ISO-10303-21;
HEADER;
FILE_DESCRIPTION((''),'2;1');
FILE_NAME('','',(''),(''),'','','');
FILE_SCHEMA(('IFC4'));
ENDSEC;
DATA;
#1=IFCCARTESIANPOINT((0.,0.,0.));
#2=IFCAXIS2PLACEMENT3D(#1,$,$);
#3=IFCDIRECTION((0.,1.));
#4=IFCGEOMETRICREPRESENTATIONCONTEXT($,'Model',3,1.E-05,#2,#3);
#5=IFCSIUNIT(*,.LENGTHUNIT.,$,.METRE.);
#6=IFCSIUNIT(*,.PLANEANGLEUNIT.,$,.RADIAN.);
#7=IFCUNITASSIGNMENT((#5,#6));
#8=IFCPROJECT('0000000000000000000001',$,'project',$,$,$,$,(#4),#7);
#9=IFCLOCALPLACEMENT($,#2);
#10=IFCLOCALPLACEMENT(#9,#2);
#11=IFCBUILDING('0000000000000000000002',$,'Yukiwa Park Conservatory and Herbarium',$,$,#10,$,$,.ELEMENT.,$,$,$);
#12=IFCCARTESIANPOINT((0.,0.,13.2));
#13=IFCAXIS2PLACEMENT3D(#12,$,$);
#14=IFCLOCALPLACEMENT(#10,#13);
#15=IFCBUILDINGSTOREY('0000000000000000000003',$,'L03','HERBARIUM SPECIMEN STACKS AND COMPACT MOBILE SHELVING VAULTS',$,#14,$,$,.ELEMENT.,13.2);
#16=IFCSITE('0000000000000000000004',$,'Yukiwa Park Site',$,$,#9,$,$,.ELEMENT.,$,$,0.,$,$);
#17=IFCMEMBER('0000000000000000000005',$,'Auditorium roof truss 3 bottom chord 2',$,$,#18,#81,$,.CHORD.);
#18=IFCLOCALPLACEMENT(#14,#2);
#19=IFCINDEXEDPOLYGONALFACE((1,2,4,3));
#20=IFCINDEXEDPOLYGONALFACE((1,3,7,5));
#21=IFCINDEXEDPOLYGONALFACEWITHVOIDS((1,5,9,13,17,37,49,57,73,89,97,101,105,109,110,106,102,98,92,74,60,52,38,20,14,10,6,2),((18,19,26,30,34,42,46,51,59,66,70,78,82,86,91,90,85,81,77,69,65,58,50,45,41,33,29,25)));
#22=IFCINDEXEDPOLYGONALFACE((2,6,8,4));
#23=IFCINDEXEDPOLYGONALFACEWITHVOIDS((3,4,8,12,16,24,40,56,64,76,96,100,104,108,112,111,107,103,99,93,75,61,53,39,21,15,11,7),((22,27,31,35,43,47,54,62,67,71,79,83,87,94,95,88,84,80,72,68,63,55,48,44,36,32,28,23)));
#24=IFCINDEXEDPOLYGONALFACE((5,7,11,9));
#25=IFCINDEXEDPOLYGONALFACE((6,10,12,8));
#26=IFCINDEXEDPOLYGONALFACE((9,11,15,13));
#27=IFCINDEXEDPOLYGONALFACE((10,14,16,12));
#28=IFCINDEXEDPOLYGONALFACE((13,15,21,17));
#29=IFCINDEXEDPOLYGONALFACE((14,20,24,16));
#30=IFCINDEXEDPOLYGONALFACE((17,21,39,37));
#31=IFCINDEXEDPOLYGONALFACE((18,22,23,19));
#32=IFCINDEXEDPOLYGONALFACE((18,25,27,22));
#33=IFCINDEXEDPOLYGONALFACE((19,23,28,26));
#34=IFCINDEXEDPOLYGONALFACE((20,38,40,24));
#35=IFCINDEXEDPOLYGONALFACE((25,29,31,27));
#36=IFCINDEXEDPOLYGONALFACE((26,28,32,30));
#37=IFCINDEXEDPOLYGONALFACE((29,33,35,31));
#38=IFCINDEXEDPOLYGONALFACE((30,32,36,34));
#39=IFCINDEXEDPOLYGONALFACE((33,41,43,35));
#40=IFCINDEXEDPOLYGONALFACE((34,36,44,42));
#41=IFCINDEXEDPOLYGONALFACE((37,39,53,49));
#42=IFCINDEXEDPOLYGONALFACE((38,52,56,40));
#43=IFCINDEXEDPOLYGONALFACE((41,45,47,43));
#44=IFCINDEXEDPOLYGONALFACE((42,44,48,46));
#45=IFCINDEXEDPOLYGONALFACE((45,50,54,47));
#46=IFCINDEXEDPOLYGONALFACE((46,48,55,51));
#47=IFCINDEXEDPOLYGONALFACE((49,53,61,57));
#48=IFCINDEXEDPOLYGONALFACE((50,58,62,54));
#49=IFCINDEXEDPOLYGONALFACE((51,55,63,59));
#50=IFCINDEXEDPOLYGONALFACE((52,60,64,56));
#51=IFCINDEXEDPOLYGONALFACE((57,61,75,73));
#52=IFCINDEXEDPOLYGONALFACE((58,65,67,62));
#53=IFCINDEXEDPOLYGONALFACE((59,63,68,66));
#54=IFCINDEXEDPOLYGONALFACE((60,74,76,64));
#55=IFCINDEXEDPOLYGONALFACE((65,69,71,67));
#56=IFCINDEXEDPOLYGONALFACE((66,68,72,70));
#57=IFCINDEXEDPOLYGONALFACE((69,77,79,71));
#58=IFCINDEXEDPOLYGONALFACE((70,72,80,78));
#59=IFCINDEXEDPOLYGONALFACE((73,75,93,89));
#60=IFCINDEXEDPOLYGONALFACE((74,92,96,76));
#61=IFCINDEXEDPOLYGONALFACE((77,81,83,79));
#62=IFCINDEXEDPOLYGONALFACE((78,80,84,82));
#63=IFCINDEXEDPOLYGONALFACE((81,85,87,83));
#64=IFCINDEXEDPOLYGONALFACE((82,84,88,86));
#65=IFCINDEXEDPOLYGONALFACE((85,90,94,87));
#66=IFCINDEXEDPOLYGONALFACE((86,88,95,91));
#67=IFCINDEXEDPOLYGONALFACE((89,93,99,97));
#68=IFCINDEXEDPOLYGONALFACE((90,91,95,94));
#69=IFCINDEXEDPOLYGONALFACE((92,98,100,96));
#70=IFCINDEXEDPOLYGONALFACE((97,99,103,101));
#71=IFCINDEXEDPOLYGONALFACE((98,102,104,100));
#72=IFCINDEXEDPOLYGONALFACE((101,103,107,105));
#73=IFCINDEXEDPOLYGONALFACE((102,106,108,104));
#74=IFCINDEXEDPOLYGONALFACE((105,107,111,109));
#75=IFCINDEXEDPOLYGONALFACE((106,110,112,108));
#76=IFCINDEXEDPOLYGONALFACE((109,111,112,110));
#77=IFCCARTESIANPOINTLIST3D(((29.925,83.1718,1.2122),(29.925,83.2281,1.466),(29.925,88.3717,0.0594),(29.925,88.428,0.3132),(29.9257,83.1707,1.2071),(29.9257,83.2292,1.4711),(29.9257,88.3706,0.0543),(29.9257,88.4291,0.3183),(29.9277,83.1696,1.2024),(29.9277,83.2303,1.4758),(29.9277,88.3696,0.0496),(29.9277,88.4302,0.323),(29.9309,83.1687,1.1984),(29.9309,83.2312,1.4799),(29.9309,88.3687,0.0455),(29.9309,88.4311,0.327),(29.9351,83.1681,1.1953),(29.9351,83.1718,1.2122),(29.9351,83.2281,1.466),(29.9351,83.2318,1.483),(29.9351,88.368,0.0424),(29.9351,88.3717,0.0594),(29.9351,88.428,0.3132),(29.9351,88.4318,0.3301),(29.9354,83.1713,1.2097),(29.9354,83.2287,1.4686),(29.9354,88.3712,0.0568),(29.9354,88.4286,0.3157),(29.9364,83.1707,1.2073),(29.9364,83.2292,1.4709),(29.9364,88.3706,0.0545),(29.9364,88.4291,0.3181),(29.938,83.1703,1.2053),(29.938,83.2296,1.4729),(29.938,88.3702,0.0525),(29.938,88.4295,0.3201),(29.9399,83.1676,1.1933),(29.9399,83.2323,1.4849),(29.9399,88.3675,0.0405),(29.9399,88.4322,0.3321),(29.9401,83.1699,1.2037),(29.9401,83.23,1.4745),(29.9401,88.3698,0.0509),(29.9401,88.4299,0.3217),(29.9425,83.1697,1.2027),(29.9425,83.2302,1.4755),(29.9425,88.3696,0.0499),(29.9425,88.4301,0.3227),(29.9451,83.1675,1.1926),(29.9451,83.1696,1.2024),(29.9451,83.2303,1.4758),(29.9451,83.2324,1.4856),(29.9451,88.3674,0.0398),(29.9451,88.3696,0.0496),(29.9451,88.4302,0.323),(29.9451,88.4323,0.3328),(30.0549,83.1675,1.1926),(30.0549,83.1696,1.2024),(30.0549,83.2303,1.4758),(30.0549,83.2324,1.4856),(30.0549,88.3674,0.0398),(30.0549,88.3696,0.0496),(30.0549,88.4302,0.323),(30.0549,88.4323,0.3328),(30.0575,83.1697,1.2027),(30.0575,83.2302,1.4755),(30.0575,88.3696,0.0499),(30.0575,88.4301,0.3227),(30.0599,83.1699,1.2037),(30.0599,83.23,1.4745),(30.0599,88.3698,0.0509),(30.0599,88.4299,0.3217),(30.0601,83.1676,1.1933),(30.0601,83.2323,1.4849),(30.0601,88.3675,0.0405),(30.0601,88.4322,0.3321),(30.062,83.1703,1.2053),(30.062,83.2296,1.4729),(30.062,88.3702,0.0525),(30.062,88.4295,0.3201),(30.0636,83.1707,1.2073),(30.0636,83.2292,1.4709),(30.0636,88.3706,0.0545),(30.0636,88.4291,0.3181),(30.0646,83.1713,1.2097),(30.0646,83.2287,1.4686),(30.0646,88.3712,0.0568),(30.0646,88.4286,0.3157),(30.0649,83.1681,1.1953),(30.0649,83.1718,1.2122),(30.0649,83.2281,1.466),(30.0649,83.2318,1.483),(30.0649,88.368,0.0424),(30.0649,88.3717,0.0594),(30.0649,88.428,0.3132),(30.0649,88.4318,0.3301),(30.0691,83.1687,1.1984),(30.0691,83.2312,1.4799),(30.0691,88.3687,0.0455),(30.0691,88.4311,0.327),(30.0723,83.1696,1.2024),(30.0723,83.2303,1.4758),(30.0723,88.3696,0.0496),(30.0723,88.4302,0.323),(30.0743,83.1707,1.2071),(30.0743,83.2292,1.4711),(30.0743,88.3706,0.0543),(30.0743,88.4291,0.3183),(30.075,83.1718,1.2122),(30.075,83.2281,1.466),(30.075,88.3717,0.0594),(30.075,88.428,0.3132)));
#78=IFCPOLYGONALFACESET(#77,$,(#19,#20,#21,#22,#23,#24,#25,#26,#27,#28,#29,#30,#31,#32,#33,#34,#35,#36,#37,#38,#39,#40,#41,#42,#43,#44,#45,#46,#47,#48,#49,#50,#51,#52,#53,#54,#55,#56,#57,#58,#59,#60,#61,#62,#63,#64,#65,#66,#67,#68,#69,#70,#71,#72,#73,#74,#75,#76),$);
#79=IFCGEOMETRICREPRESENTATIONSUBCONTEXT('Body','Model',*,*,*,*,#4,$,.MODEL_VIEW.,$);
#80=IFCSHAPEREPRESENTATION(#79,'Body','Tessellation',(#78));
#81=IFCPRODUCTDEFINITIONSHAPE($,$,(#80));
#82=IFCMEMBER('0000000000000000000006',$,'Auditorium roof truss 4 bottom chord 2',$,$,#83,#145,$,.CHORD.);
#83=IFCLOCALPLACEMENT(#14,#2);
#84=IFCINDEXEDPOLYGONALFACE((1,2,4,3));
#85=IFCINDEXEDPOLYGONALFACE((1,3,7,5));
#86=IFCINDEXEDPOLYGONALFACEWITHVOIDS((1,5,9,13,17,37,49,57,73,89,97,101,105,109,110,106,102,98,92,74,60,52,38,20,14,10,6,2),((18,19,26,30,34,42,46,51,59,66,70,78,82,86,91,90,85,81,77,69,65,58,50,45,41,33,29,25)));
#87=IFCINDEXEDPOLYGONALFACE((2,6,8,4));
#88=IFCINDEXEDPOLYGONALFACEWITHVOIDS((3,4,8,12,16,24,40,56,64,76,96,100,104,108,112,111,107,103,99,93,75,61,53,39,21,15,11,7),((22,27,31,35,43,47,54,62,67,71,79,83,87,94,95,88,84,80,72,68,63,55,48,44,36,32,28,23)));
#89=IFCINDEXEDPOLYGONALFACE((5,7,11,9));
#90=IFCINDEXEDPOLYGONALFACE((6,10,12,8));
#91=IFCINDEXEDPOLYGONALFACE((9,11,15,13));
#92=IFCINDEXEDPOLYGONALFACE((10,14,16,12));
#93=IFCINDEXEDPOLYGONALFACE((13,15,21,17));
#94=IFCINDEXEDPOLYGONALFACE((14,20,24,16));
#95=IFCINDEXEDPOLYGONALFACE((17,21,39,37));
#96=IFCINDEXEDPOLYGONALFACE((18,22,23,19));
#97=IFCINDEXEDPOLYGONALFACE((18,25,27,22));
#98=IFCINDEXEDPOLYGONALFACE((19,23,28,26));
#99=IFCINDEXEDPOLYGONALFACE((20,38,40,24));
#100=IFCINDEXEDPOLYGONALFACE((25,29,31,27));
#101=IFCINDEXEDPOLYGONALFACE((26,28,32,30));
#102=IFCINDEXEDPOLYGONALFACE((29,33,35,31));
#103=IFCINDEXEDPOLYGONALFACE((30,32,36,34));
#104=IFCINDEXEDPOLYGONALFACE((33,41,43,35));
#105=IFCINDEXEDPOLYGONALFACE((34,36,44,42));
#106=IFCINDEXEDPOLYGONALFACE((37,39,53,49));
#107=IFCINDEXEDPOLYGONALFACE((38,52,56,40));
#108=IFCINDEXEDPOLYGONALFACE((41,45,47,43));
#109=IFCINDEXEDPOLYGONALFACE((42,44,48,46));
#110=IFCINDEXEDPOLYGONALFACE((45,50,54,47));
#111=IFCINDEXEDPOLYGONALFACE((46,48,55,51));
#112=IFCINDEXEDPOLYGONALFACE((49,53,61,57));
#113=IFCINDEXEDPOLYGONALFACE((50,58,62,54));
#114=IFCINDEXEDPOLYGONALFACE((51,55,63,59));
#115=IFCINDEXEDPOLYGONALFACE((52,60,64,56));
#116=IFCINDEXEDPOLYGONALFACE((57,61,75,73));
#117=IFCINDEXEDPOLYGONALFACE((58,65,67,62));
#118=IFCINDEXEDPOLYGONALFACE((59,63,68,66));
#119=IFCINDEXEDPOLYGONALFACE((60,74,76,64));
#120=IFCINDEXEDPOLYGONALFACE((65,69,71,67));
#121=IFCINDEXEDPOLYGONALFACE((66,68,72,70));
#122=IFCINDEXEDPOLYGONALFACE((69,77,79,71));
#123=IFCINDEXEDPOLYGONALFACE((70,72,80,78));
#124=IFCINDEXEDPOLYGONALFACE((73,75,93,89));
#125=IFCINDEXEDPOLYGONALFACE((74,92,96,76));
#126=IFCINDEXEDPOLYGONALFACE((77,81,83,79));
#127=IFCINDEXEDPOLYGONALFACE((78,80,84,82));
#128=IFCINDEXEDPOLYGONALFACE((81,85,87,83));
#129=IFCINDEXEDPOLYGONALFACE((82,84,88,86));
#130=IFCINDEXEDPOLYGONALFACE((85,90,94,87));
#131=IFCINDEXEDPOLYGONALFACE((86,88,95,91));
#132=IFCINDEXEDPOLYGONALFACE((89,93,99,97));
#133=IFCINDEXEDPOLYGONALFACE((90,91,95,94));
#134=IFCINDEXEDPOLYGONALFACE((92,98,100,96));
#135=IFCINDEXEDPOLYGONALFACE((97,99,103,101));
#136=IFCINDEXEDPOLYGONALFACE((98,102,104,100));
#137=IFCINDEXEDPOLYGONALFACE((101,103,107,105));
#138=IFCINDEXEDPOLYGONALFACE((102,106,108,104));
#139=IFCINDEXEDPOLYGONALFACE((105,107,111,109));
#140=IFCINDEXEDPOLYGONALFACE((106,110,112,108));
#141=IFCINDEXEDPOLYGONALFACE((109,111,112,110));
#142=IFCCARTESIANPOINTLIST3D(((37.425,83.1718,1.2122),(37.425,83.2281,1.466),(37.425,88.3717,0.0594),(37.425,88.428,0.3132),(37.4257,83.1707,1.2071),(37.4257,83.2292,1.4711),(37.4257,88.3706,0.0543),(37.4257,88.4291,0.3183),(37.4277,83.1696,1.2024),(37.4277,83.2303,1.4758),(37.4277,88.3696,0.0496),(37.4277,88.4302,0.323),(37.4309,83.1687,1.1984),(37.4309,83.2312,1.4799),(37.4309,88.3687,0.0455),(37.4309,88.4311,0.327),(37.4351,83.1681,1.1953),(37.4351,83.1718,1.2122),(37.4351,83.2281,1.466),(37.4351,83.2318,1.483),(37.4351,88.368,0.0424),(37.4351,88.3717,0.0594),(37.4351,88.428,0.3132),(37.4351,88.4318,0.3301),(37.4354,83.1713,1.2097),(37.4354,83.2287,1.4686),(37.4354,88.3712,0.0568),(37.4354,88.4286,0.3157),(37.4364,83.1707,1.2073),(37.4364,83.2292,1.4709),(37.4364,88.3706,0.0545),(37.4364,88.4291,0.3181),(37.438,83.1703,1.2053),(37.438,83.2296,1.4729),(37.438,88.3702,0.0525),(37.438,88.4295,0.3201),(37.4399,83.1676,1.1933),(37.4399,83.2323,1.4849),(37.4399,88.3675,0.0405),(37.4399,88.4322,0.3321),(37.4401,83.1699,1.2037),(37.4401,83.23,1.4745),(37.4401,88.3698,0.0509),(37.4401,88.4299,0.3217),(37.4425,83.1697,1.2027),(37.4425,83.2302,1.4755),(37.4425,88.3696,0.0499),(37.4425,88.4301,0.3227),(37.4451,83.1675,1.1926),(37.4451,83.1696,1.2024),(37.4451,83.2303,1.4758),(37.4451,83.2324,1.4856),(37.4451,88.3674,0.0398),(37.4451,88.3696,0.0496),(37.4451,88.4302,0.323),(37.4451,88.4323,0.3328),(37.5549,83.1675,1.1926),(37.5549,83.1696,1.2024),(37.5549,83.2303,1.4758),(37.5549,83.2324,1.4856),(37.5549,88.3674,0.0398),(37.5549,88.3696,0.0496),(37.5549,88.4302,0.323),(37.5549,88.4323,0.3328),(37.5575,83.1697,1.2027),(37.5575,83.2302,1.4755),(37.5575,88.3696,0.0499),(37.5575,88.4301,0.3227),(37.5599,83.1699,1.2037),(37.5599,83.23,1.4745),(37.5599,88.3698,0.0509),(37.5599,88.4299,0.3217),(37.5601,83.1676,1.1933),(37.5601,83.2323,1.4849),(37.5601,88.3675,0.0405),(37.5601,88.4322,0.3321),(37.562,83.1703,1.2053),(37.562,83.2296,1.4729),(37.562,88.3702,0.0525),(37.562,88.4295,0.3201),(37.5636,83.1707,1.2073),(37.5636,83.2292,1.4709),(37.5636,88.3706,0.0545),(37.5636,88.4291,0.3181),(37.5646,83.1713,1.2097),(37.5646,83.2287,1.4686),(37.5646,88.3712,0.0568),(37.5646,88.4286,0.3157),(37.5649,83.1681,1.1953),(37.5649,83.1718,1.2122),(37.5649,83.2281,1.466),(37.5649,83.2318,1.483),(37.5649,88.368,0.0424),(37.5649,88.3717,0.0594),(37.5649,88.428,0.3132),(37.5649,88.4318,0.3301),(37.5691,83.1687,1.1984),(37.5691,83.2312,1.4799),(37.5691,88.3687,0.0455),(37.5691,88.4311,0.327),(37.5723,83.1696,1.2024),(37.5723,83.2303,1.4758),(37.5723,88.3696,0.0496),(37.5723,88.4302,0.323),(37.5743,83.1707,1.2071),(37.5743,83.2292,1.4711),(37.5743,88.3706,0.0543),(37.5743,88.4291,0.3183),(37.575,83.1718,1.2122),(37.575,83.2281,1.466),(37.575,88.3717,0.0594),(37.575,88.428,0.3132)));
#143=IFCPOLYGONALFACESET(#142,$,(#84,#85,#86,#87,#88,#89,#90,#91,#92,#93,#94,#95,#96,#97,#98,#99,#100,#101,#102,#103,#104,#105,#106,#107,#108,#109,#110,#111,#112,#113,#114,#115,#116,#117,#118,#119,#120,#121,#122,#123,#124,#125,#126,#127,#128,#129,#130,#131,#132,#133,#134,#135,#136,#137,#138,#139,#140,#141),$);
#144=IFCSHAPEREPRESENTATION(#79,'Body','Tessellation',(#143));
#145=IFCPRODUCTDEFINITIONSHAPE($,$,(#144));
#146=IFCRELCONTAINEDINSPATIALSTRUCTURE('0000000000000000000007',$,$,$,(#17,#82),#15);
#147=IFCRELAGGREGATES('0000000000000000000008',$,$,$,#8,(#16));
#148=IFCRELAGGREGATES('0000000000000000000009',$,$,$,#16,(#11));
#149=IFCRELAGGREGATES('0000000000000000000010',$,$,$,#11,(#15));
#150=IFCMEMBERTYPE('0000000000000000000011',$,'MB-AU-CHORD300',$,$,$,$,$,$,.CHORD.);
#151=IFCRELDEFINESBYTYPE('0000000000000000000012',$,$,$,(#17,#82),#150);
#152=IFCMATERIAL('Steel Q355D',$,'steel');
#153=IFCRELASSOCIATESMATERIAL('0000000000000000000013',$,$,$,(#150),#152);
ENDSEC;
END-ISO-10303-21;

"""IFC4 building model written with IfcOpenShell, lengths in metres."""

from ifc_helpers import new_model, si_unit, direction, frame, origin, origin_2d, place, context, subcontext, project, spatial, hollow_rectangle, extrude, material, material_profile, profile_set, type_object, element, save


model = new_model("IFC4")

# Units and contexts
model_context = context("Model", 3, precision=1e-05, world=origin(), true_north=direction((0.0, 1.0)))
body_context = subcontext(model_context, "Body", "Model", "MODEL_VIEW")
ifc_project = project(units=[si_unit("LENGTHUNIT", "METRE"), si_unit("PLANEANGLEUNIT", "RADIAN")], contexts=[model_context])

# Site, building, storey
site_placement = place(None, origin())
site = spatial("IfcSite", under=ifc_project, at=site_placement, Name="Yukiwa Park Site", CompositionType="ELEMENT", RefElevation=0.0)
building_placement = place(site_placement, origin())
building = spatial("IfcBuilding", under=site, at=building_placement, Name="Yukiwa Park Conservatory and Herbarium", CompositionType="ELEMENT")
storey_placement = place(building_placement, frame((0.0, 0.0, 13.2)))
storey = spatial("IfcBuildingStorey", under=building, at=storey_placement, Name="L03", Description="HERBARIUM SPECIMEN STACKS AND COMPACT MOBILE SHELVING VAULTS", CompositionType="ELEMENT", Elevation=13.2)

# Members
ifc_material_1 = material(Name="Steel Q355D", Category="steel")
ifc_material_profile_1 = material_profile(ifc_material_1, hollow_rectangle(XDim=0.1499, YDim=0.3, WallThickness=0.01, InnerFilletRadius=0.01, OuterFilletRadius=0.02, at=origin_2d()), Name="RHS 300x150x10")
ifc_profile_set_1 = profile_set([ifc_material_profile_1], Name="Steel Q355D")
member_type_1 = type_object("IfcMemberType", Name="MB-AU-CHORD300", PredefinedType="CHORD", material=ifc_profile_set_1)
for number, where, z_axis, x_axis, name in (
    (1, (30.0, 83.2, 1.3391), (0.0, 0.976295, -0.216445), (-1.0, 0.0, 0.0), "Auditorium roof truss 3 bottom chord 2"),
    (2, (37.5, 83.2, 1.3391), (0.0, 0.976295, -0.216445), (-1.0, 0.0, 0.0), "Auditorium roof truss 4 bottom chord 2"),
):
    element("IfcMember", number, at=place(storey_placement, frame(where, z_axis=z_axis, x_axis=x_axis)), inside=storey, type_object=member_type_1, Name=name, PredefinedType="CHORD", context=body_context, shape_type="SweptSolid", body=[
        extrude(hollow_rectangle(XDim=0.1499, YDim=0.3, WallThickness=0.01, InnerFilletRadius=0.01, OuterFilletRadius=0.02, at=origin_2d()), origin(), (0.0, 0.0, 1.0), 5.3262),
    ])

save(model, "model.ifc")
